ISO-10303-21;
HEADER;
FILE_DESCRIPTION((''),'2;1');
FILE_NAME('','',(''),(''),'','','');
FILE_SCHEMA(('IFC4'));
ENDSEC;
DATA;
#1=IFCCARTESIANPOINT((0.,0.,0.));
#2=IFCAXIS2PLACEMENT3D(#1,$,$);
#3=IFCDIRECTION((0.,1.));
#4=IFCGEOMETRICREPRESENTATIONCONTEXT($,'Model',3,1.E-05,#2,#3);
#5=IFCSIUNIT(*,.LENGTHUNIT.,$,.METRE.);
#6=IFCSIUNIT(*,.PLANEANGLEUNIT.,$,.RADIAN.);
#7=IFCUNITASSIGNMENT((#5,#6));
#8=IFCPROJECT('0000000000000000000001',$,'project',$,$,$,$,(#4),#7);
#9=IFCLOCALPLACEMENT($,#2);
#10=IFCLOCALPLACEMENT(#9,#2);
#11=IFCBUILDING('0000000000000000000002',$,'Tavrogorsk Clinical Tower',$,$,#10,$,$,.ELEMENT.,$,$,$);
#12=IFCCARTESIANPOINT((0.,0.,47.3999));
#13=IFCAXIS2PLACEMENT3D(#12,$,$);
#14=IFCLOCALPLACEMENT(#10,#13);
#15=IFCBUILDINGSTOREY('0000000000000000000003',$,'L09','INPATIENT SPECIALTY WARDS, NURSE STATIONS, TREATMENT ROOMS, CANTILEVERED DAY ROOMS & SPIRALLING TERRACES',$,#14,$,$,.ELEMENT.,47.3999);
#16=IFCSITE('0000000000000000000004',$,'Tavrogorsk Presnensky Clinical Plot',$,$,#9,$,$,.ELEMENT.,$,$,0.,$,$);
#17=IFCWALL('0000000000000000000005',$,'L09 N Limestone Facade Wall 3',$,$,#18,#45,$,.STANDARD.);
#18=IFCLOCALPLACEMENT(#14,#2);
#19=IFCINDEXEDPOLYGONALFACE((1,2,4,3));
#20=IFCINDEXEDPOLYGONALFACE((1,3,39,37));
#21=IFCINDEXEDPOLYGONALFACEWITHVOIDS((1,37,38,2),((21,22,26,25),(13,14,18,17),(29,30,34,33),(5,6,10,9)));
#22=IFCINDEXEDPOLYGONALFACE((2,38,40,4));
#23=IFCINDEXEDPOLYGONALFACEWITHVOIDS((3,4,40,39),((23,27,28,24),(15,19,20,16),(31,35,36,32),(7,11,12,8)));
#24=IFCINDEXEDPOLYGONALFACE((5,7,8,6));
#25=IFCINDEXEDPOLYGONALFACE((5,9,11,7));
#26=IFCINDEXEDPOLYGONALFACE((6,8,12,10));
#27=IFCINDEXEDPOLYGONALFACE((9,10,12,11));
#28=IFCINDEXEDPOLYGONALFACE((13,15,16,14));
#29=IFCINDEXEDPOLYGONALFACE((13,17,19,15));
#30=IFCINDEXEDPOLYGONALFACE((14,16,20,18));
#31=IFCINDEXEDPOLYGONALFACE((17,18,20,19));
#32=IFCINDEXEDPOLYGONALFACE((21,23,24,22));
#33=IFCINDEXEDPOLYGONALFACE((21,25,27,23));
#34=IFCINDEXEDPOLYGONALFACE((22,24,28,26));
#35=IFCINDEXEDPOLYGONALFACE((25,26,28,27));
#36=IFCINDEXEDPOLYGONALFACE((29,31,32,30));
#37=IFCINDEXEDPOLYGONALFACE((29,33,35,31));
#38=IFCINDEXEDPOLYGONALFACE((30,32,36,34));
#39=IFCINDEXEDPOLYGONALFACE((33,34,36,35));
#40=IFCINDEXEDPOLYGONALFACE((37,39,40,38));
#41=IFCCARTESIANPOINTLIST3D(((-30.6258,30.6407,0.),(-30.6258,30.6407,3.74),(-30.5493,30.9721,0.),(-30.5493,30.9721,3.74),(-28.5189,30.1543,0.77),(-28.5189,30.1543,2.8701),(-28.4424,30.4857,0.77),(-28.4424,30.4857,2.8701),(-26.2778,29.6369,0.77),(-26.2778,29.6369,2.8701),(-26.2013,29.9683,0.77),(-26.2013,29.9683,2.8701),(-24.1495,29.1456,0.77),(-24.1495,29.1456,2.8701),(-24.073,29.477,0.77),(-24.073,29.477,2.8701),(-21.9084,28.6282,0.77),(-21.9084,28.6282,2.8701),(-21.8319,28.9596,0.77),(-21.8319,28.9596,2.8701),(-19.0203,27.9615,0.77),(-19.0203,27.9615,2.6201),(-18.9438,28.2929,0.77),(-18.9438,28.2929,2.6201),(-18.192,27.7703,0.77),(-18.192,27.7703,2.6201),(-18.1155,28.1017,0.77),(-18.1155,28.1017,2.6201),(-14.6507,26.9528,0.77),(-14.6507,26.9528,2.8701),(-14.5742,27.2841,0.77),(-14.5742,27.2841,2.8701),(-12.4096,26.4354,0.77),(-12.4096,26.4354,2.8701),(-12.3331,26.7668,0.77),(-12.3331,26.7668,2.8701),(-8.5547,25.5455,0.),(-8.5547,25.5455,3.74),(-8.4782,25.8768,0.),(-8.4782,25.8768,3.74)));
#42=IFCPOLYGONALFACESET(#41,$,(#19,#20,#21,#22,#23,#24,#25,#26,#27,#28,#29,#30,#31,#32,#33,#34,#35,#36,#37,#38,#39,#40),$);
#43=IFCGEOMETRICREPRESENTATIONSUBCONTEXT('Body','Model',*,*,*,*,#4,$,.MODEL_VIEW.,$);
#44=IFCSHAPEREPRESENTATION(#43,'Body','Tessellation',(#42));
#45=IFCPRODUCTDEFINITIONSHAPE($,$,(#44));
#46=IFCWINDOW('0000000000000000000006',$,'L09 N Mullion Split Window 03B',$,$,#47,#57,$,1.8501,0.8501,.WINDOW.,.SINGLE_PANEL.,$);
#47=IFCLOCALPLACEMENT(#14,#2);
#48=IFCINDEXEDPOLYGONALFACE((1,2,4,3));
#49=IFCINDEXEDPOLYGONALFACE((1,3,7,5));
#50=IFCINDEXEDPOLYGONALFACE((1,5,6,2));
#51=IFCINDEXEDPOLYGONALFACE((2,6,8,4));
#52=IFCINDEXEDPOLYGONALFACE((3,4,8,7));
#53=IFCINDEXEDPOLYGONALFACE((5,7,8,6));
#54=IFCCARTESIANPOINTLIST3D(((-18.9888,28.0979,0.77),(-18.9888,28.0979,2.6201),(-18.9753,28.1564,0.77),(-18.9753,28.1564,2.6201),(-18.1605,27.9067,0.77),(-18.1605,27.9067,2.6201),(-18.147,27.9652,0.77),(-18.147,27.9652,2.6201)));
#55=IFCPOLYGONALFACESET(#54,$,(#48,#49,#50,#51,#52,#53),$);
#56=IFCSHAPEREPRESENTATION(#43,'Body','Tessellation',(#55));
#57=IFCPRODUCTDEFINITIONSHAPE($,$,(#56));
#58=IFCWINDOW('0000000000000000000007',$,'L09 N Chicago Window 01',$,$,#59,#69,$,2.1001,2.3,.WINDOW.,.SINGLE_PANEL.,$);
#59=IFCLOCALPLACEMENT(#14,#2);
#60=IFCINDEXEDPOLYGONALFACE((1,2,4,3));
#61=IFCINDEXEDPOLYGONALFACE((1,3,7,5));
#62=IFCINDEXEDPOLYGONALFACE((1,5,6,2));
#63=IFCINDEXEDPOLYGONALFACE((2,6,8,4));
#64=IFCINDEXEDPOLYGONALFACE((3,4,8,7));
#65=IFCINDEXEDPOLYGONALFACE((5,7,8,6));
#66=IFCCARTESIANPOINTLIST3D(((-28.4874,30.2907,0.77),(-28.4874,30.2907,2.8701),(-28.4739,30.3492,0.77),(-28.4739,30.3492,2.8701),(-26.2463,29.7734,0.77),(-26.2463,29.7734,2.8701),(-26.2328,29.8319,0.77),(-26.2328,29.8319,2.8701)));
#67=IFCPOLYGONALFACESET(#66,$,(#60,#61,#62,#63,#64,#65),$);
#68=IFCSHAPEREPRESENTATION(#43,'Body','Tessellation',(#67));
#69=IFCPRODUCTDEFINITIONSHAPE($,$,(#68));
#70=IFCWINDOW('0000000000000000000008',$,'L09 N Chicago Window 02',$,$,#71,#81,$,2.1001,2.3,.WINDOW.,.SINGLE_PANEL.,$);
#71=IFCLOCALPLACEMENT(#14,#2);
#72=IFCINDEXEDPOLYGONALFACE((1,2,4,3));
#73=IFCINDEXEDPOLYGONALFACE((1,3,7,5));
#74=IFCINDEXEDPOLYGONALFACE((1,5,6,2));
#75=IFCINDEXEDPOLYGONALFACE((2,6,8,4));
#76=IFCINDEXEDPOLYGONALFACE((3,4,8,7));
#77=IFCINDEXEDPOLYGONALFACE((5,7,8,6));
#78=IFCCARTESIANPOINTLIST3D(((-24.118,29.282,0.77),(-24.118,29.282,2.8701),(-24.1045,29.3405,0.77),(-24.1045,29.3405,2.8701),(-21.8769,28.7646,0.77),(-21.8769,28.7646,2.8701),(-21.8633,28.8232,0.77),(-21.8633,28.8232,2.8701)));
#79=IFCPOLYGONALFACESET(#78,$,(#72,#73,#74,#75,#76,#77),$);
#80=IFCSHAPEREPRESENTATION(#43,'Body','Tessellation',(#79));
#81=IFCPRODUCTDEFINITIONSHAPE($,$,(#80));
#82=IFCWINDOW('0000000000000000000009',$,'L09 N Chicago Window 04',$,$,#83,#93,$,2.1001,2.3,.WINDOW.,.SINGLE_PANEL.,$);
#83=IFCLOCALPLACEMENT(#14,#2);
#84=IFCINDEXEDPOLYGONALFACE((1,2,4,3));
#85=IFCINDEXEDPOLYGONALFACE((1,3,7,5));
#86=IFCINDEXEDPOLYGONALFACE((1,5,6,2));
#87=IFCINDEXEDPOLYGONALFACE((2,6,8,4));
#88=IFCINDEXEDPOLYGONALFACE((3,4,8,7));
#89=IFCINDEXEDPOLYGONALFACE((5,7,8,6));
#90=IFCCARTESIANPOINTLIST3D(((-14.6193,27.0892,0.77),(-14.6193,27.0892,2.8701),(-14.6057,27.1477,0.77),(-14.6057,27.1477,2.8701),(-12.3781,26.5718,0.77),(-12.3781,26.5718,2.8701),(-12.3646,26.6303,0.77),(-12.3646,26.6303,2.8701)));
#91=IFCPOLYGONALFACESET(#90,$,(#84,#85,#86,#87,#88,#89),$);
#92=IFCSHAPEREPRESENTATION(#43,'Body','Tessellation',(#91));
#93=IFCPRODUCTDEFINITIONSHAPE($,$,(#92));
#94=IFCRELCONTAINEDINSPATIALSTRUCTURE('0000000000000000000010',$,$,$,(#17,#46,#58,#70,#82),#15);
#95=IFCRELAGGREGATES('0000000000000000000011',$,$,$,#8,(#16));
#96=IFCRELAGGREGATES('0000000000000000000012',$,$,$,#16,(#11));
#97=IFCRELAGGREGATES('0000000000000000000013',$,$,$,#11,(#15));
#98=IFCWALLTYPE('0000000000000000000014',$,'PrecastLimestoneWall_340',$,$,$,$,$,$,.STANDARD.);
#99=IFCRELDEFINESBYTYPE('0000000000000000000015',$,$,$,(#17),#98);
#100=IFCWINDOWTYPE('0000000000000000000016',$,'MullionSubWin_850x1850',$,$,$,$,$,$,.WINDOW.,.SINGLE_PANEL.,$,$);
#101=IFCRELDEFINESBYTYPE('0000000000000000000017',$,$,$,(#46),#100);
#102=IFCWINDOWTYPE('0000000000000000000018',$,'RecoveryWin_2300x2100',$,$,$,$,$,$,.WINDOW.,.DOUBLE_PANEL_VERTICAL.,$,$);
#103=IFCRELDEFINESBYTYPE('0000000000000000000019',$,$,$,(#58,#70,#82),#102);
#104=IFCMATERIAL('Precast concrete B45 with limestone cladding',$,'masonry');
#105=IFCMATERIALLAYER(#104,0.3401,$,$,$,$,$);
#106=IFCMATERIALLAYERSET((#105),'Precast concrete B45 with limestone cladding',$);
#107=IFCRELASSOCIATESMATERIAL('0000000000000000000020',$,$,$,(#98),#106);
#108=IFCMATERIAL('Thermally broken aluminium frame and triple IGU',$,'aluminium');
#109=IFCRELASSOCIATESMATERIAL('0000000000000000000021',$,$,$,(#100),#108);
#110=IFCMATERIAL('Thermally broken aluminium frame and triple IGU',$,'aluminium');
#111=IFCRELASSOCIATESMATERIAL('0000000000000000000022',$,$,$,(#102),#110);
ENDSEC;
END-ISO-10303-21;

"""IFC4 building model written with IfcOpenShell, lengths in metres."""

from ifc_helpers import new_model, si_unit, direction, frame, frame_2d, origin, place, context, subcontext, project, spatial, rectangle, extrude, material, layer, layer_set, type_object, element, fill, save


model = new_model("IFC4")

# Units and contexts
model_context = context("Model", 3, precision=1e-05, world=origin(), true_north=direction((0.0, 1.0)))
body_context = subcontext(model_context, "Body", "Model", "MODEL_VIEW")
ifc_project = project(units=[si_unit("LENGTHUNIT", "METRE"), si_unit("PLANEANGLEUNIT", "RADIAN")], contexts=[model_context])

# Site, building, storey
site_placement = place(None, origin())
site = spatial("IfcSite", under=ifc_project, at=site_placement, Name="Tavrogorsk Presnensky Clinical Plot", CompositionType="ELEMENT", RefElevation=0.0)
building_placement = place(site_placement, origin())
building = spatial("IfcBuilding", under=site, at=building_placement, Name="Tavrogorsk Clinical Tower", CompositionType="ELEMENT")
storey_placement = place(building_placement, frame((0.0, 0.0, 47.3999)))
storey = spatial("IfcBuildingStorey", under=building, at=storey_placement, Name="L09", Description="INPATIENT SPECIALTY WARDS, NURSE STATIONS, TREATMENT ROOMS, CANTILEVERED DAY ROOMS & SPIRALLING TERRACES", CompositionType="ELEMENT", Elevation=47.3999)

# Wall, openings, windows
ifc_material_1 = material(Name="Precast concrete B45 with limestone cladding", Category="masonry")
ifc_layer_1 = layer(ifc_material_1, 0.3401)
ifc_layer_set_1 = layer_set([ifc_layer_1], Name="Precast concrete B45 with limestone cladding")
wall_type_1 = type_object("IfcWallType", Name="PrecastLimestoneWall_340", PredefinedType="STANDARD", material=ifc_layer_set_1)
wall_1_placement = place(storey_placement, frame((-8.5166, 25.7112, 0.0), z_axis=(0.0, 0.0, 1.0), x_axis=(-0.974373, 0.224939, 0.0)))
wall_1 = element("IfcWall", 1, at=wall_1_placement, inside=storey, type_object=wall_type_1, Name="L09 N Limestone Facade Wall 3", PredefinedType="STANDARD", context=body_context, shape_type="SweptSolid", body=[
    extrude(rectangle(XDim=22.6516, YDim=0.3401, at=frame_2d((11.3257, 0.0))), origin(), (0.0, 0.0, 1.0), 3.74),
])
opening_1_placement = place(wall_1_placement, frame((18.1892, 0.0, 0.77)))
opening_1 = element("IfcOpeningElement", 2, at=opening_1_placement, cuts=wall_1, PredefinedType="OPENING", context=body_context, shape_type="SweptSolid", body=[
    extrude(rectangle(XDim=2.3, YDim=2.1001, at=frame_2d((1.1499, 1.05))), frame((0.0, 0.1799, 0.0), z_axis=(0.0, -1.0, 0.0), x_axis=(1.0, 0.0, 0.0)), (0.0, 0.0, 1.0), 0.3601),
])
opening_2_placement = place(wall_1_placement, frame((13.7048, 0.0, 0.77)))
opening_2 = element("IfcOpeningElement", 3, at=opening_2_placement, cuts=wall_1, PredefinedType="OPENING", context=body_context, shape_type="SweptSolid", body=[
    extrude(rectangle(XDim=2.3, YDim=2.1001, at=frame_2d((1.1499, 1.05))), frame((0.0, 0.1799, 0.0), z_axis=(0.0, -1.0, 0.0), x_axis=(1.0, 0.0, 0.0)), (0.0, 0.0, 1.0), 0.3601),
])
opening_3_placement = place(wall_1_placement, frame((9.8906, 0.0, 0.77)))
opening_3 = element("IfcOpeningElement", 4, at=opening_3_placement, cuts=wall_1, PredefinedType="OPENING", context=body_context, shape_type="SweptSolid", body=[
    extrude(rectangle(XDim=0.8501, YDim=1.8501, at=frame_2d((0.425, 0.925))), frame((0.0, 0.1799, 0.0), z_axis=(0.0, -1.0, 0.0), x_axis=(1.0, 0.0, 0.0)), (0.0, 0.0, 1.0), 0.3601),
])
opening_4_placement = place(wall_1_placement, frame((3.9563, 0.0, 0.77)))
opening_4 = element("IfcOpeningElement", 5, at=opening_4_placement, cuts=wall_1, PredefinedType="OPENING", context=body_context, shape_type="SweptSolid", body=[
    extrude(rectangle(XDim=2.3, YDim=2.1001, at=frame_2d((1.1499, 1.05))), frame((0.0, 0.1799, 0.0), z_axis=(0.0, -1.0, 0.0), x_axis=(1.0, 0.0, 0.0)), (0.0, 0.0, 1.0), 0.3601),
])
ifc_material_2 = material(Name="Thermally broken aluminium frame and triple IGU", Category="aluminium")
window_type_1 = type_object("IfcWindowType", Name="MullionSubWin_850x1850", PartitioningType="SINGLE_PANEL", PredefinedType="WINDOW", material=ifc_material_2)
window_1_placement = place(opening_3_placement, origin())
window_1 = element("IfcWindow", 6, at=window_1_placement, inside=storey, type_object=window_type_1, Name="L09 N Mullion Split Window 03B", OverallHeight=1.8501, OverallWidth=0.8501, PartitioningType="SINGLE_PANEL", PredefinedType="WINDOW", context=body_context, shape_type="SweptSolid", body=[
    extrude(rectangle(XDim=0.8501, YDim=1.8501, at=frame_2d((0.425, 0.925))), frame((0.0, 0.03, 0.0), z_axis=(0.0, -1.0, 0.0), x_axis=(1.0, 0.0, 0.0)), (0.0, 0.0, 1.0), 0.0601),
])
fill(opening_3, window_1)
ifc_material_3 = material(Name="Thermally broken aluminium frame and triple IGU", Category="aluminium")
window_type_2 = type_object("IfcWindowType", Name="RecoveryWin_2300x2100", PartitioningType="DOUBLE_PANEL_VERTICAL", PredefinedType="WINDOW", material=ifc_material_3)
window_2_placement = place(opening_1_placement, origin())
window_2 = element("IfcWindow", 7, at=window_2_placement, inside=storey, type_object=window_type_2, Name="L09 N Chicago Window 01", OverallHeight=2.1001, OverallWidth=2.3, PartitioningType="SINGLE_PANEL", PredefinedType="WINDOW", context=body_context, shape_type="SweptSolid", body=[
    extrude(rectangle(XDim=2.3, YDim=2.1001, at=frame_2d((1.1499, 1.05))), frame((0.0, 0.03, 0.0), z_axis=(0.0, -1.0, 0.0), x_axis=(1.0, 0.0, 0.0)), (0.0, 0.0, 1.0), 0.0601),
])
fill(opening_1, window_2)
window_3_placement = place(opening_2_placement, origin())
window_3 = element("IfcWindow", 8, at=window_3_placement, inside=storey, type_object=window_type_2, Name="L09 N Chicago Window 02", OverallHeight=2.1001, OverallWidth=2.3, PartitioningType="SINGLE_PANEL", PredefinedType="WINDOW", context=body_context, shape_type="SweptSolid", body=[
    extrude(rectangle(XDim=2.3, YDim=2.1001, at=frame_2d((1.1499, 1.05))), frame((0.0, 0.03, 0.0), z_axis=(0.0, -1.0, 0.0), x_axis=(1.0, 0.0, 0.0)), (0.0, 0.0, 1.0), 0.0601),
])
fill(opening_2, window_3)
window_4_placement = place(opening_4_placement, origin())
window_4 = element("IfcWindow", 9, at=window_4_placement, inside=storey, type_object=window_type_2, Name="L09 N Chicago Window 04", OverallHeight=2.1001, OverallWidth=2.3, PartitioningType="SINGLE_PANEL", PredefinedType="WINDOW", context=body_context, shape_type="SweptSolid", body=[
    extrude(rectangle(XDim=2.3, YDim=2.1001, at=frame_2d((1.1499, 1.05))), frame((0.0, 0.03, 0.0), z_axis=(0.0, -1.0, 0.0), x_axis=(1.0, 0.0, 0.0)), (0.0, 0.0, 1.0), 0.0601),
])
fill(opening_4, window_4)

save(model, "model.ifc")
